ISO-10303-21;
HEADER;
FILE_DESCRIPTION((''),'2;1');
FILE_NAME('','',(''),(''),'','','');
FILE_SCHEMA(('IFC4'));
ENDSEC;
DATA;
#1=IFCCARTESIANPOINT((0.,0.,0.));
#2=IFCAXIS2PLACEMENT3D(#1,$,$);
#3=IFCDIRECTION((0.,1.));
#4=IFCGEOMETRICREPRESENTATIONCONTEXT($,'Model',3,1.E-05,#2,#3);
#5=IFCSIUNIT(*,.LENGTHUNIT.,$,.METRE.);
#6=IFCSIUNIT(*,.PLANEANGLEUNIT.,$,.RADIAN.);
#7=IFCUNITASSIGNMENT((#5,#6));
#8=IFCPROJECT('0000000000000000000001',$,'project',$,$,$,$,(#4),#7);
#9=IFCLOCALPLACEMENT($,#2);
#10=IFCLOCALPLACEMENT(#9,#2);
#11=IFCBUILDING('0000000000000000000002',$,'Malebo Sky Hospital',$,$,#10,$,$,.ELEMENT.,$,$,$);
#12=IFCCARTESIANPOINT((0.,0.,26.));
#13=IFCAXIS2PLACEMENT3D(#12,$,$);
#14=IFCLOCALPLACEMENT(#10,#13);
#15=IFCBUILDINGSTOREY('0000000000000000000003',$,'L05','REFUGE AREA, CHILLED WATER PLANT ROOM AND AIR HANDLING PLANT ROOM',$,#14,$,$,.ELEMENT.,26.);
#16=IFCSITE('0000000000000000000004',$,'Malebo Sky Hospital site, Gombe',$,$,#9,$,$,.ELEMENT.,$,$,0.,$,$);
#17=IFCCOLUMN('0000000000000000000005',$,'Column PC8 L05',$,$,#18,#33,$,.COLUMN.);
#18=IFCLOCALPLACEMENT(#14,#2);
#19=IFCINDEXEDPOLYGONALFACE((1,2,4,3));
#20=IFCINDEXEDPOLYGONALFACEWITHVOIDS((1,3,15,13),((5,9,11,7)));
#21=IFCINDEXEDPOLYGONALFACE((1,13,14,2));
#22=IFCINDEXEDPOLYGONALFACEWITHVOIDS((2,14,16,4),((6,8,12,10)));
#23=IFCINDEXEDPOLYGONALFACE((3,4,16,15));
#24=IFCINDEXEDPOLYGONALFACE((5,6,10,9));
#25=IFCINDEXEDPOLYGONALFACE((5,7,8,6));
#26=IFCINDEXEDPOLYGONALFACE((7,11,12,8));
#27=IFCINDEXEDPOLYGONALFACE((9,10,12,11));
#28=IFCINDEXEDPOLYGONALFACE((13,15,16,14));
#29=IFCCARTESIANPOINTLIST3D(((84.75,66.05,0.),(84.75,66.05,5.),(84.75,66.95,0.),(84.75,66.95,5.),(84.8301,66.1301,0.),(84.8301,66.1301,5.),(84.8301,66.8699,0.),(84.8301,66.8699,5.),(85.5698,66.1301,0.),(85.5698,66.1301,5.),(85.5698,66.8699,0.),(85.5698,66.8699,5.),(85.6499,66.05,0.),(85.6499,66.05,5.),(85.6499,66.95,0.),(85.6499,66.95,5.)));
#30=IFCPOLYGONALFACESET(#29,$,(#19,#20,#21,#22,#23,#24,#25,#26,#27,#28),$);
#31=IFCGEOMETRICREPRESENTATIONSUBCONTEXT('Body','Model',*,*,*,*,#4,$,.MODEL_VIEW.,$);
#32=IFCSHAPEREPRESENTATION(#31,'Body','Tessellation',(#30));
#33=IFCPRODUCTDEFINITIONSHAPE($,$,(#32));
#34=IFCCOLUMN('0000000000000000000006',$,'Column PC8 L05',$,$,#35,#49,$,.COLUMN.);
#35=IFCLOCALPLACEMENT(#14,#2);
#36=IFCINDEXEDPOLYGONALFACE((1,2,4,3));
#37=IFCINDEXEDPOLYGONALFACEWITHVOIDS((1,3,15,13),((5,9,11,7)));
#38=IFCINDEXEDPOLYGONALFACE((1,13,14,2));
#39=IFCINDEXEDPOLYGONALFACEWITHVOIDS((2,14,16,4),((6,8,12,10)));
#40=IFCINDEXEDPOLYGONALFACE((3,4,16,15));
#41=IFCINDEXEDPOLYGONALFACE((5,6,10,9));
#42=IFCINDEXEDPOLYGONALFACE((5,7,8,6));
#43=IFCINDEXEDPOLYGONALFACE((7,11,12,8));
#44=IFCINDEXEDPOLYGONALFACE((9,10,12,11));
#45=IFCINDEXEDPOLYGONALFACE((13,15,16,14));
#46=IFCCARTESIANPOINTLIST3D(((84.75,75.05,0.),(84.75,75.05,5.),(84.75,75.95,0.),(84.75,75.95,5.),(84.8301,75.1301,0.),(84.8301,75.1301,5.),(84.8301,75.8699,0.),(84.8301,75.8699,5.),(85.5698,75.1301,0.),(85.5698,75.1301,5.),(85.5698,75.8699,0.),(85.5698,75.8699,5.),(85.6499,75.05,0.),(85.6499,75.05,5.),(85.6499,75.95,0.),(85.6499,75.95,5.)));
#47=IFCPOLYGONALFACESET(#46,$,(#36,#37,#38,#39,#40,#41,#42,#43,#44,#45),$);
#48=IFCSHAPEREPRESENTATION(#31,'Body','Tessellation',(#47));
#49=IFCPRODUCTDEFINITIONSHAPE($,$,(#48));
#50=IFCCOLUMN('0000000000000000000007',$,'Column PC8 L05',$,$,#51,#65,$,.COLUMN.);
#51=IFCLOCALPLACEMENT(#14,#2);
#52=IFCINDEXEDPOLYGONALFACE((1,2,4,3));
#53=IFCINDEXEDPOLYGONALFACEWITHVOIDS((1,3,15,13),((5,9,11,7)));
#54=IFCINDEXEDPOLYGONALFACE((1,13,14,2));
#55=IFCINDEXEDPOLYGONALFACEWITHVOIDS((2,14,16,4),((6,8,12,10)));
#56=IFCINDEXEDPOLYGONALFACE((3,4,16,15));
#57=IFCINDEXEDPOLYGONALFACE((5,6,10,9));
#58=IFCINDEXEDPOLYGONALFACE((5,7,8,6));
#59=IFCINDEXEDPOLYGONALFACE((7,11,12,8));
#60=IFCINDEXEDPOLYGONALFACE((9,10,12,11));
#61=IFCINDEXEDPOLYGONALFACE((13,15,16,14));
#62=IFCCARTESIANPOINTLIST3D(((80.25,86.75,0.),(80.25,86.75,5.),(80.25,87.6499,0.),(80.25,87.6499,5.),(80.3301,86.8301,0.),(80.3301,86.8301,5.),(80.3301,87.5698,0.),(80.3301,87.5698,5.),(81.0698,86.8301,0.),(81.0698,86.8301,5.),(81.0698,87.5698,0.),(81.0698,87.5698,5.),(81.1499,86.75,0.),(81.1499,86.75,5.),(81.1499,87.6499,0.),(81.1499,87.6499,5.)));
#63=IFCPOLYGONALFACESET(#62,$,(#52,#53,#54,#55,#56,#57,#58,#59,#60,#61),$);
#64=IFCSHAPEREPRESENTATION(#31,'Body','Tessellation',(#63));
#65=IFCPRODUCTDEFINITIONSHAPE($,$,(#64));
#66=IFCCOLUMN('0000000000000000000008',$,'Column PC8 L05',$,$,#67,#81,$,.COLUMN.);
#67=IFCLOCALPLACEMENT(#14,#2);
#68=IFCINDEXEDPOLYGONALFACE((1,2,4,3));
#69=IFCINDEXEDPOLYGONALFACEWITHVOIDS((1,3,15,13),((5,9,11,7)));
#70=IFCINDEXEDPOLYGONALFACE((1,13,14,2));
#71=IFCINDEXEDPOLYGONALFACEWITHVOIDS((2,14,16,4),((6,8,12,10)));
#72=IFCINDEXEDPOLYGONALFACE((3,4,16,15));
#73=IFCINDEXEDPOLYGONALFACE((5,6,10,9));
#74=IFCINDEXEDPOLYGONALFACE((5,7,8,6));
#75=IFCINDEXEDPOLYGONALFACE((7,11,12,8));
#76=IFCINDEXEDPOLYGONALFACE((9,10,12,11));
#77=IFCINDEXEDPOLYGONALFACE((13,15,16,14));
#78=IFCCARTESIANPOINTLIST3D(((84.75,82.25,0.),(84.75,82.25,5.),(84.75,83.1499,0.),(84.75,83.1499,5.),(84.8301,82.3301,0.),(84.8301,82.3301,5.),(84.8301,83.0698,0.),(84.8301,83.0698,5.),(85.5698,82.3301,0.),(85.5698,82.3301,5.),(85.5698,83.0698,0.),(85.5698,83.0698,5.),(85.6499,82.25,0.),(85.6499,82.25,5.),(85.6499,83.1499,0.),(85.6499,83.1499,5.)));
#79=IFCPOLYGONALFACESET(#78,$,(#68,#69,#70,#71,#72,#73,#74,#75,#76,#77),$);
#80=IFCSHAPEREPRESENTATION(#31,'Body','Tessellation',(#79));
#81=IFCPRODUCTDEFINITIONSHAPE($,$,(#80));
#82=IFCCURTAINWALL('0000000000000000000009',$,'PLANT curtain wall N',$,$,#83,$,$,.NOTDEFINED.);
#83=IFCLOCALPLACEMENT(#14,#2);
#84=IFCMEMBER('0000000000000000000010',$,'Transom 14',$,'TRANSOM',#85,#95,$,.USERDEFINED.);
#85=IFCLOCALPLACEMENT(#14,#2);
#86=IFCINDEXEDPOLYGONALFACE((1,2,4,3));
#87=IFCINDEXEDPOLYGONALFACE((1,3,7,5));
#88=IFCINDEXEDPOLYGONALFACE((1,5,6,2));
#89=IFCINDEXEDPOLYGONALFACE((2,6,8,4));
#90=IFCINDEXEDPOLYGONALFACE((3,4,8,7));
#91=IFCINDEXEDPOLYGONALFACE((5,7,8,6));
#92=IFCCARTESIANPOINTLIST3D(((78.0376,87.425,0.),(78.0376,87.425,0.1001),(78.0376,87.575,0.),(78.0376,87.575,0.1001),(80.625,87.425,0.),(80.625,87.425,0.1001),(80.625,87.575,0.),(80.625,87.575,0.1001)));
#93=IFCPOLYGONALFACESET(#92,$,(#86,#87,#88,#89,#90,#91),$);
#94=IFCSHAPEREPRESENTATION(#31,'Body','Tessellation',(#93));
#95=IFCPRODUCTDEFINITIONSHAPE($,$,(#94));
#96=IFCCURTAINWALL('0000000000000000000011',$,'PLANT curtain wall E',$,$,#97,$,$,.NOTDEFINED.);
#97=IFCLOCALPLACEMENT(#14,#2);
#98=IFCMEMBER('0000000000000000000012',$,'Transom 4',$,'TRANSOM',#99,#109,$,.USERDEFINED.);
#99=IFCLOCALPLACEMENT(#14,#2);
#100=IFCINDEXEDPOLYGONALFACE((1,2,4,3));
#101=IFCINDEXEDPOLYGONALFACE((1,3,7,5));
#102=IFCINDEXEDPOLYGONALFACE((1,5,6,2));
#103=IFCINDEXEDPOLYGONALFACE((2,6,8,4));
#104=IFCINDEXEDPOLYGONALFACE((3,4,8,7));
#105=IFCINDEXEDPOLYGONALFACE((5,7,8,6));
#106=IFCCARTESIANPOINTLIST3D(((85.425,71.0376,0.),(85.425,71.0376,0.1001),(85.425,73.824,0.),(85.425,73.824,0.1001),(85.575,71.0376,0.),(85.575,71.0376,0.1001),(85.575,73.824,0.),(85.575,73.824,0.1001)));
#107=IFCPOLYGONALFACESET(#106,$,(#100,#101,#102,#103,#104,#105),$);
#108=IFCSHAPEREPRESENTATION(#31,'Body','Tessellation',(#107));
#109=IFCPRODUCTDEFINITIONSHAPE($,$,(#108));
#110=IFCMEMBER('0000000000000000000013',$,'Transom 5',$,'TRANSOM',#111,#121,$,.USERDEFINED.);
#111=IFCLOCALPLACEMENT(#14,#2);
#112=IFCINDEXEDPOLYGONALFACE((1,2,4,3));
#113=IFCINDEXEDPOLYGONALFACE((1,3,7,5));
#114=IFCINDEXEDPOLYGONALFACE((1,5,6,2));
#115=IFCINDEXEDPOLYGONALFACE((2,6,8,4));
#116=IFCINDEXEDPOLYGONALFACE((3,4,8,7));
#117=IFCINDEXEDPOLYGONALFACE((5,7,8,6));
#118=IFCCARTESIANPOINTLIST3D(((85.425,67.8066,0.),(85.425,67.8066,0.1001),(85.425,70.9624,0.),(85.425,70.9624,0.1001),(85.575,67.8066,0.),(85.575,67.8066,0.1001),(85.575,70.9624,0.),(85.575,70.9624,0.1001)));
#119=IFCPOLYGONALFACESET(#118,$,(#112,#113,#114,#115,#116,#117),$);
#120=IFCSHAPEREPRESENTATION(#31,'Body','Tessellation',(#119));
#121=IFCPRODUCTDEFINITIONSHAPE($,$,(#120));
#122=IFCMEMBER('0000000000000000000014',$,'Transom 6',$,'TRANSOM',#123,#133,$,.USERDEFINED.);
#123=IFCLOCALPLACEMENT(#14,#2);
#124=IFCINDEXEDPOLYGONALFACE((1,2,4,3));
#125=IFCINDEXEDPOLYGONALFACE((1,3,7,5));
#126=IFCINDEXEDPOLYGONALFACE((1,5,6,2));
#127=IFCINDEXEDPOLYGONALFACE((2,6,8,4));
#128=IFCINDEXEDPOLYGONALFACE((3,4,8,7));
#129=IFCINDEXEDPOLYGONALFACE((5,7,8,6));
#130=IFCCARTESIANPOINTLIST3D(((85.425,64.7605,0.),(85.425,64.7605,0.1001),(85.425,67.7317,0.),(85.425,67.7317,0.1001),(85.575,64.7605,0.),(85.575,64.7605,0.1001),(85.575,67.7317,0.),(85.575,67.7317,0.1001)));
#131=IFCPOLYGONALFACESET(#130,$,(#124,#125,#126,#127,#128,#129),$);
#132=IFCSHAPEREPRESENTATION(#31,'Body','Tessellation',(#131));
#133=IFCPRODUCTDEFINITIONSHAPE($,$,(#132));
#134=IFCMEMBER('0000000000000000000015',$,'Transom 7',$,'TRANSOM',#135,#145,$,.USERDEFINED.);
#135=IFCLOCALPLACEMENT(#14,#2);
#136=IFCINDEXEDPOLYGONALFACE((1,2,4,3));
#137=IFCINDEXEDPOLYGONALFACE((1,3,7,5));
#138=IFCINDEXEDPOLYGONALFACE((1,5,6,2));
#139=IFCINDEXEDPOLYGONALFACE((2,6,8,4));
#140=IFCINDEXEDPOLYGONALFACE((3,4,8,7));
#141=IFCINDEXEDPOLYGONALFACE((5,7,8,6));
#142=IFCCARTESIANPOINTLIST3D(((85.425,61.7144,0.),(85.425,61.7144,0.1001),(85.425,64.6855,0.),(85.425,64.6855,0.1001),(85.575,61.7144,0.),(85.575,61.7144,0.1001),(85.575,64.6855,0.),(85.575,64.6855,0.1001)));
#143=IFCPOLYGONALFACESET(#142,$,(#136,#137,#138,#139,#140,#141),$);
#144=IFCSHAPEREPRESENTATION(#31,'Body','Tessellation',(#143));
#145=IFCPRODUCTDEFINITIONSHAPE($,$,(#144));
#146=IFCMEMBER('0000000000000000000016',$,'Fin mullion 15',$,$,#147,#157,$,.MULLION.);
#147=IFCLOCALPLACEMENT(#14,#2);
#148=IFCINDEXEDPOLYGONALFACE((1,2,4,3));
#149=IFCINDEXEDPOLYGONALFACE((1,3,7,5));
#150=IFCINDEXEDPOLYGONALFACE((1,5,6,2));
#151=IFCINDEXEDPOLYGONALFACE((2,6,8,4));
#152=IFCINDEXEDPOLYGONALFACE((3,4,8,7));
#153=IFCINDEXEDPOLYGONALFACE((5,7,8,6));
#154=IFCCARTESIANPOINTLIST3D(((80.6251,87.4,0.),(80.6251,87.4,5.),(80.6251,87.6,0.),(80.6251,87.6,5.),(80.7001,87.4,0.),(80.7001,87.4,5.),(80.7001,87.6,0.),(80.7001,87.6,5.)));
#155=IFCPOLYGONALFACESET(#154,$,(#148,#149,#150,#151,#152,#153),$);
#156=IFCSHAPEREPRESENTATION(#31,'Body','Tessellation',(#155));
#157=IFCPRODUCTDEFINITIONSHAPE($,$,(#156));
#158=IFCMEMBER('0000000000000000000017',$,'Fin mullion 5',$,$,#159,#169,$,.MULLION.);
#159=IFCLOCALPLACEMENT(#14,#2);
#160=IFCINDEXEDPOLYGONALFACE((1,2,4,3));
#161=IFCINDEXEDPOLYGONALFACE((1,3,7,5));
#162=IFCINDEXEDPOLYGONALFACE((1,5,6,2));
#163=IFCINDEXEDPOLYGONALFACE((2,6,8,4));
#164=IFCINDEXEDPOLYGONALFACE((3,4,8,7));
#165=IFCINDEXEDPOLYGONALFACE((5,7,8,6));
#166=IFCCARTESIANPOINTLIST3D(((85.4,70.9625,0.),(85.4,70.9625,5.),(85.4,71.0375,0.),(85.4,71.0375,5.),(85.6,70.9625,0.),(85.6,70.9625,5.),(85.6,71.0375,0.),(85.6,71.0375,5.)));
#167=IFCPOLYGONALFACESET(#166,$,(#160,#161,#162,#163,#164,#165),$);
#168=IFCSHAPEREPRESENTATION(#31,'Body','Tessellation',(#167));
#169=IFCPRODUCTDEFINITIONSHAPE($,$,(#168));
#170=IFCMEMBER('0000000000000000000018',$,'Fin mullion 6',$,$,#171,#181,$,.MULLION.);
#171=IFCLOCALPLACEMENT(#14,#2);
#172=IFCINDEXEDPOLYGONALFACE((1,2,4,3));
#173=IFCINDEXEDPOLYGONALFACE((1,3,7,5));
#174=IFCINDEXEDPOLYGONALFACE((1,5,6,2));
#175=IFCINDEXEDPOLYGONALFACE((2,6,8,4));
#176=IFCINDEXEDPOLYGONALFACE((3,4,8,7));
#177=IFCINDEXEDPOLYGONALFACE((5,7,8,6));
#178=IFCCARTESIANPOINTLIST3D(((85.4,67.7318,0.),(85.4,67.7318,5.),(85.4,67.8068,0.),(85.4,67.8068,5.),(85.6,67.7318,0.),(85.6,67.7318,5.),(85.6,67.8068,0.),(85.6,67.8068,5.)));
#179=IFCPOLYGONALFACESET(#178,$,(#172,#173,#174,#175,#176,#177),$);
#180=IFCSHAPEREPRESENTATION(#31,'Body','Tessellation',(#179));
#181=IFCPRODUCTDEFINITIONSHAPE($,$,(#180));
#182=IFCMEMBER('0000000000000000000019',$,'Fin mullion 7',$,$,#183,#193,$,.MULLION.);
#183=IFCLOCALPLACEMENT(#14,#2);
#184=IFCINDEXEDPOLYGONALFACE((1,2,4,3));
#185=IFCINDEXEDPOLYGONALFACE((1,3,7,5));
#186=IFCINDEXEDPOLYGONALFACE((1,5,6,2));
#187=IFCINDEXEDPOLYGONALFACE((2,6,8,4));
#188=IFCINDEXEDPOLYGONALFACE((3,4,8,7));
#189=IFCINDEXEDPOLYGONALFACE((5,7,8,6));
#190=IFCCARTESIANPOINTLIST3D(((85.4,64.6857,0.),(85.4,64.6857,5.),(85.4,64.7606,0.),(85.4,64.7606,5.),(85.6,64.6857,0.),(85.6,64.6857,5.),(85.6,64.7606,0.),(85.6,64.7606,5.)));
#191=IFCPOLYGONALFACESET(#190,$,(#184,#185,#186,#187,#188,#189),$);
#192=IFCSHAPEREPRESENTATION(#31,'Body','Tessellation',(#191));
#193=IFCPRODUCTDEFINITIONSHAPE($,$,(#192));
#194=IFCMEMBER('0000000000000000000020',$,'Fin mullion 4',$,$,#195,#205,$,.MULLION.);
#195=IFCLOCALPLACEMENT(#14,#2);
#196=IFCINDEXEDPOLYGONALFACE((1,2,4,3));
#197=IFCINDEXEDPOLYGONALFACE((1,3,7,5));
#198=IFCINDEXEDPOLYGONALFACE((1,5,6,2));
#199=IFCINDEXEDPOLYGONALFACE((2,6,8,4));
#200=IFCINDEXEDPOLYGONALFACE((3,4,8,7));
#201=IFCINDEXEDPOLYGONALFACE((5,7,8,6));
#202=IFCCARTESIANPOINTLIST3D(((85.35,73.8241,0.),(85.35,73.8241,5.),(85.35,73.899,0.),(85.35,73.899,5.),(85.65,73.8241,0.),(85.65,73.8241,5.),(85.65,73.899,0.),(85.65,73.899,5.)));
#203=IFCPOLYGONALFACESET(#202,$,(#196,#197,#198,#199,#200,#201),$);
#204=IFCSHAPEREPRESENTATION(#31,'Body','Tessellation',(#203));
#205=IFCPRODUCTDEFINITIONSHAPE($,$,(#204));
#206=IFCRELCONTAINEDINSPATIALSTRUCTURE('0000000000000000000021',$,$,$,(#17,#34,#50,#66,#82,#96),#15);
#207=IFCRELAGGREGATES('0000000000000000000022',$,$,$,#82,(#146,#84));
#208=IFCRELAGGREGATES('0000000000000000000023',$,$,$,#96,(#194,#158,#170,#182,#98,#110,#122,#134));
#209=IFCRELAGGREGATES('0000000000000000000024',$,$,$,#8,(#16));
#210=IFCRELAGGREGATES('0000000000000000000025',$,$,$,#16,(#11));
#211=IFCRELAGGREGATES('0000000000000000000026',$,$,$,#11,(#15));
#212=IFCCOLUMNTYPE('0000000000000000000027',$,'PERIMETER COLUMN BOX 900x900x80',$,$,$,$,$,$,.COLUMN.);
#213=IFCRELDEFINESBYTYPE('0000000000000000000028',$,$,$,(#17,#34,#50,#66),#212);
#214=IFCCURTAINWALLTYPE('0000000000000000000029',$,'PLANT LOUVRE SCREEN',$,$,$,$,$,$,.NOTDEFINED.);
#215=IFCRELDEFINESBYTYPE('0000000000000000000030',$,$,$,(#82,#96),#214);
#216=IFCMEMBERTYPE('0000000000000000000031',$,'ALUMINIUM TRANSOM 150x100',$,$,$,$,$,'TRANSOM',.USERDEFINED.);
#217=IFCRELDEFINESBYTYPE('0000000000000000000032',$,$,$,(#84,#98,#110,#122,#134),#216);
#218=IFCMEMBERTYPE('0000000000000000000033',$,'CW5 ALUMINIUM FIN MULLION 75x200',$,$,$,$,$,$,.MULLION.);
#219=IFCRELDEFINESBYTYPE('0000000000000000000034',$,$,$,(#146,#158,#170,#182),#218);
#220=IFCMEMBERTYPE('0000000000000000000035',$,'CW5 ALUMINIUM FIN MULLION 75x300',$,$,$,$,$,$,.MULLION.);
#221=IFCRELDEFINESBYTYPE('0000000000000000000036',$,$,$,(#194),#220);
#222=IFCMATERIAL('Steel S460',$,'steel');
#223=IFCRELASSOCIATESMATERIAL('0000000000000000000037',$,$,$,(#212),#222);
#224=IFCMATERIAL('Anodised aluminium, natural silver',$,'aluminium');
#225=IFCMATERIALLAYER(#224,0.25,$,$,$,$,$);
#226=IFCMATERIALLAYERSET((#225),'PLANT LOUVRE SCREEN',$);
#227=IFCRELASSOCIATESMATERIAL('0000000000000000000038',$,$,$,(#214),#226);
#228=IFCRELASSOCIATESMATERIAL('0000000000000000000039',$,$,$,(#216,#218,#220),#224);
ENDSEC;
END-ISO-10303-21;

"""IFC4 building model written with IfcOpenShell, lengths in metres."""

from ifc_helpers import new_model, si_unit, direction, frame, origin, origin_2d, place, context, subcontext, project, spatial, rectangle, hollow_rectangle, extrude, material, layer, layer_set, material_profile, profile_set, type_object, element, aggregate, save


model = new_model("IFC4")

# Units and contexts
model_context = context("Model", 3, precision=1e-05, world=origin(), true_north=direction((0.0, 1.0)))
body_context = subcontext(model_context, "Body", "Model", "MODEL_VIEW")
ifc_project = project(units=[si_unit("LENGTHUNIT", "METRE"), si_unit("PLANEANGLEUNIT", "RADIAN")], contexts=[model_context])

# Site, building, storey
site_placement = place(None, origin())
site = spatial("IfcSite", under=ifc_project, at=site_placement, Name="Malebo Sky Hospital site, Gombe", CompositionType="ELEMENT", RefElevation=0.0)
building_placement = place(site_placement, origin())
building = spatial("IfcBuilding", under=site, at=building_placement, Name="Malebo Sky Hospital", CompositionType="ELEMENT")
storey_placement = place(building_placement, frame((0.0, 0.0, 26.0)))
storey = spatial("IfcBuildingStorey", under=building, at=storey_placement, Name="L05", Description="REFUGE AREA, CHILLED WATER PLANT ROOM AND AIR HANDLING PLANT ROOM", CompositionType="ELEMENT", Elevation=26.0)

# Columns
ifc_material_1 = material(Name="Steel S460", Category="steel")
ifc_material_profile_1 = material_profile(ifc_material_1, hollow_rectangle(XDim=0.8999, YDim=0.8999, WallThickness=0.0801, at=origin_2d()), Name="BOX 900x900x80")
ifc_profile_set_1 = profile_set([ifc_material_profile_1], Name="Steel S460")
column_type = type_object("IfcColumnType", Name="PERIMETER COLUMN BOX 900x900x80", PredefinedType="COLUMN", material=ifc_profile_set_1)
for number, where, z_axis, x_axis, name in (
    (1, (85.2, 66.5, 0.0), (0.0, 0.0, 1.0), (1.0, 0.0, 0.0), "Column PC8 L05"),
    (2, (85.2, 75.5, 0.0), (0.0, 0.0, 1.0), (1.0, 0.0, 0.0), "Column PC8 L05"),
    (3, (80.7, 87.2, 0.0), (0.0, 0.0, 1.0), (1.0, 0.0, 0.0), "Column PC8 L05"),
    (4, (85.2, 82.7, 0.0), (0.0, 0.0, 1.0), (1.0, 0.0, 0.0), "Column PC8 L05"),
):
    element("IfcColumn", number, at=place(storey_placement, frame(where, z_axis=z_axis, x_axis=x_axis)), inside=storey, type_object=column_type, Name=name, PredefinedType="COLUMN", context=body_context, shape_type="SweptSolid", body=[
        extrude(hollow_rectangle(XDim=0.8999, YDim=0.8999, WallThickness=0.0801, at=origin_2d()), origin(), (0.0, 0.0, 1.0), 5.0),
    ])

# Curtain wall, member
ifc_material_2 = material(Name="Anodised aluminium, natural silver", Category="aluminium")
ifc_layer_1 = layer(ifc_material_2, 0.25)
ifc_layer_set_1 = layer_set([ifc_layer_1], Name="PLANT LOUVRE SCREEN")
curtain_wall_type = type_object("IfcCurtainWallType", Name="PLANT LOUVRE SCREEN", PredefinedType="NOTDEFINED", material=ifc_layer_set_1)
curtain_wall_1_placement = place(storey_placement, origin())
curtain_wall_1 = element("IfcCurtainWall", 5, at=curtain_wall_1_placement, inside=storey, type_object=curtain_wall_type, Name="PLANT curtain wall N", PredefinedType="NOTDEFINED")
ifc_material_profile_2 = material_profile(ifc_material_2, rectangle(XDim=0.1499, YDim=0.1001, at=origin_2d()), Name="ALUMINIUM TRANSOM 150x100")
ifc_profile_set_2 = profile_set([ifc_material_profile_2], Name="Anodised aluminium, natural silver")
member_type_1 = type_object("IfcMemberType", Name="ALUMINIUM TRANSOM 150x100", ElementType="TRANSOM", PredefinedType="USERDEFINED", material=ifc_profile_set_2)
member_1_placement = place(storey_placement, frame((78.0376, 87.5, 0.05), z_axis=(1.0, 0.0, 0.0), x_axis=(0.0, 1.0, 0.0)))
member_1 = element("IfcMember", 6, at=member_1_placement, type_object=member_type_1, Name="Transom 14", ObjectType="TRANSOM", PredefinedType="USERDEFINED", context=body_context, shape_type="SweptSolid", body=[
    extrude(rectangle(XDim=0.1499, YDim=0.1001, at=origin_2d()), origin(), (0.0, 0.0, 1.0), 2.5874),
])

# Curtain wall, members
curtain_wall_2_placement = place(storey_placement, origin())
curtain_wall_2 = element("IfcCurtainWall", 7, at=curtain_wall_2_placement, inside=storey, type_object=curtain_wall_type, Name="PLANT curtain wall E", PredefinedType="NOTDEFINED")
member_2_placement = place(storey_placement, frame((85.5, 73.824, 0.05), z_axis=(0.0, -1.0, 0.0), x_axis=(1.0, 0.0, 0.0)))
member_2 = element("IfcMember", 8, at=member_2_placement, type_object=member_type_1, Name="Transom 4", ObjectType="TRANSOM", PredefinedType="USERDEFINED", context=body_context, shape_type="SweptSolid", body=[
    extrude(rectangle(XDim=0.1499, YDim=0.1001, at=origin_2d()), origin(), (0.0, 0.0, 1.0), 2.7864),
])
member_3_placement = place(storey_placement, frame((85.5, 70.9624, 0.05), z_axis=(0.0, -1.0, 0.0), x_axis=(1.0, 0.0, 0.0)))
member_3 = element("IfcMember", 9, at=member_3_placement, type_object=member_type_1, Name="Transom 5", ObjectType="TRANSOM", PredefinedType="USERDEFINED", context=body_context, shape_type="SweptSolid", body=[
    extrude(rectangle(XDim=0.1499, YDim=0.1001, at=origin_2d()), origin(), (0.0, 0.0, 1.0), 3.1558),
])
member_4_placement = place(storey_placement, frame((85.5, 67.7317, 0.05), z_axis=(0.0, -1.0, 0.0), x_axis=(1.0, 0.0, 0.0)))
member_4 = element("IfcMember", 10, at=member_4_placement, type_object=member_type_1, Name="Transom 6", ObjectType="TRANSOM", PredefinedType="USERDEFINED", context=body_context, shape_type="SweptSolid", body=[
    extrude(rectangle(XDim=0.1499, YDim=0.1001, at=origin_2d()), origin(), (0.0, 0.0, 1.0), 2.9712),
])
member_5_placement = place(storey_placement, frame((85.5, 64.6855, 0.05), z_axis=(0.0, -1.0, 0.0), x_axis=(1.0, 0.0, 0.0)))
member_5 = element("IfcMember", 11, at=member_5_placement, type_object=member_type_1, Name="Transom 7", ObjectType="TRANSOM", PredefinedType="USERDEFINED", context=body_context, shape_type="SweptSolid", body=[
    extrude(rectangle(XDim=0.1499, YDim=0.1001, at=origin_2d()), origin(), (0.0, 0.0, 1.0), 2.9712),
])

# Members
ifc_material_profile_3 = material_profile(ifc_material_2, rectangle(XDim=0.075, YDim=0.2, at=origin_2d()), Name="CW5 ALUMINIUM FIN MULLION 75x200")
ifc_profile_set_3 = profile_set([ifc_material_profile_3], Name="Anodised aluminium, natural silver")
member_type_2 = type_object("IfcMemberType", Name="CW5 ALUMINIUM FIN MULLION 75x200", PredefinedType="MULLION", material=ifc_profile_set_3)
member_6_placement = place(storey_placement, frame((80.6626, 87.5, 0.0), z_axis=(0.0, 0.0, 1.0), x_axis=(1.0, 0.0, 0.0)))
member_6 = element("IfcMember", 12, at=member_6_placement, type_object=member_type_2, Name="Fin mullion 15", PredefinedType="MULLION", context=body_context, shape_type="SweptSolid", body=[
    extrude(rectangle(XDim=0.075, YDim=0.2, at=origin_2d()), origin(), (0.0, 0.0, 1.0), 5.0),
])
member_7_placement = place(storey_placement, frame((85.5, 71.0, 0.0), z_axis=(0.0, 0.0, 1.0), x_axis=(0.0, -1.0, 0.0)))
member_7 = element("IfcMember", 13, at=member_7_placement, type_object=member_type_2, Name="Fin mullion 5", PredefinedType="MULLION", context=body_context, shape_type="SweptSolid", body=[
    extrude(rectangle(XDim=0.075, YDim=0.2, at=origin_2d()), origin(), (0.0, 0.0, 1.0), 5.0),
])
member_8_placement = place(storey_placement, frame((85.5, 67.7693, 0.0), z_axis=(0.0, 0.0, 1.0), x_axis=(0.0, -1.0, 0.0)))
member_8 = element("IfcMember", 14, at=member_8_placement, type_object=member_type_2, Name="Fin mullion 6", PredefinedType="MULLION", context=body_context, shape_type="SweptSolid", body=[
    extrude(rectangle(XDim=0.075, YDim=0.2, at=origin_2d()), origin(), (0.0, 0.0, 1.0), 5.0),
])
member_9_placement = place(storey_placement, frame((85.5, 64.7231, 0.0), z_axis=(0.0, 0.0, 1.0), x_axis=(0.0, -1.0, 0.0)))
member_9 = element("IfcMember", 15, at=member_9_placement, type_object=member_type_2, Name="Fin mullion 7", PredefinedType="MULLION", context=body_context, shape_type="SweptSolid", body=[
    extrude(rectangle(XDim=0.075, YDim=0.2, at=origin_2d()), origin(), (0.0, 0.0, 1.0), 5.0),
])
ifc_material_profile_4 = material_profile(ifc_material_2, rectangle(XDim=0.075, YDim=0.3, at=origin_2d()), Name="CW5 ALUMINIUM FIN MULLION 75x300")
ifc_profile_set_4 = profile_set([ifc_material_profile_4], Name="Anodised aluminium, natural silver")
member_type_3 = type_object("IfcMemberType", Name="CW5 ALUMINIUM FIN MULLION 75x300", PredefinedType="MULLION", material=ifc_profile_set_4)
member_10_placement = place(storey_placement, frame((85.5, 73.8616, 0.0), z_axis=(0.0, 0.0, 1.0), x_axis=(0.0, -1.0, 0.0)))
member_10 = element("IfcMember", 16, at=member_10_placement, type_object=member_type_3, Name="Fin mullion 4", PredefinedType="MULLION", context=body_context, shape_type="SweptSolid", body=[
    extrude(rectangle(XDim=0.075, YDim=0.3, at=origin_2d()), origin(), (0.0, 0.0, 1.0), 5.0),
])

aggregate(curtain_wall_1, [member_6, member_1])
aggregate(curtain_wall_2, [member_10, member_7, member_8, member_9, member_2, member_3, member_4, member_5])

save(model, "model.ifc")
